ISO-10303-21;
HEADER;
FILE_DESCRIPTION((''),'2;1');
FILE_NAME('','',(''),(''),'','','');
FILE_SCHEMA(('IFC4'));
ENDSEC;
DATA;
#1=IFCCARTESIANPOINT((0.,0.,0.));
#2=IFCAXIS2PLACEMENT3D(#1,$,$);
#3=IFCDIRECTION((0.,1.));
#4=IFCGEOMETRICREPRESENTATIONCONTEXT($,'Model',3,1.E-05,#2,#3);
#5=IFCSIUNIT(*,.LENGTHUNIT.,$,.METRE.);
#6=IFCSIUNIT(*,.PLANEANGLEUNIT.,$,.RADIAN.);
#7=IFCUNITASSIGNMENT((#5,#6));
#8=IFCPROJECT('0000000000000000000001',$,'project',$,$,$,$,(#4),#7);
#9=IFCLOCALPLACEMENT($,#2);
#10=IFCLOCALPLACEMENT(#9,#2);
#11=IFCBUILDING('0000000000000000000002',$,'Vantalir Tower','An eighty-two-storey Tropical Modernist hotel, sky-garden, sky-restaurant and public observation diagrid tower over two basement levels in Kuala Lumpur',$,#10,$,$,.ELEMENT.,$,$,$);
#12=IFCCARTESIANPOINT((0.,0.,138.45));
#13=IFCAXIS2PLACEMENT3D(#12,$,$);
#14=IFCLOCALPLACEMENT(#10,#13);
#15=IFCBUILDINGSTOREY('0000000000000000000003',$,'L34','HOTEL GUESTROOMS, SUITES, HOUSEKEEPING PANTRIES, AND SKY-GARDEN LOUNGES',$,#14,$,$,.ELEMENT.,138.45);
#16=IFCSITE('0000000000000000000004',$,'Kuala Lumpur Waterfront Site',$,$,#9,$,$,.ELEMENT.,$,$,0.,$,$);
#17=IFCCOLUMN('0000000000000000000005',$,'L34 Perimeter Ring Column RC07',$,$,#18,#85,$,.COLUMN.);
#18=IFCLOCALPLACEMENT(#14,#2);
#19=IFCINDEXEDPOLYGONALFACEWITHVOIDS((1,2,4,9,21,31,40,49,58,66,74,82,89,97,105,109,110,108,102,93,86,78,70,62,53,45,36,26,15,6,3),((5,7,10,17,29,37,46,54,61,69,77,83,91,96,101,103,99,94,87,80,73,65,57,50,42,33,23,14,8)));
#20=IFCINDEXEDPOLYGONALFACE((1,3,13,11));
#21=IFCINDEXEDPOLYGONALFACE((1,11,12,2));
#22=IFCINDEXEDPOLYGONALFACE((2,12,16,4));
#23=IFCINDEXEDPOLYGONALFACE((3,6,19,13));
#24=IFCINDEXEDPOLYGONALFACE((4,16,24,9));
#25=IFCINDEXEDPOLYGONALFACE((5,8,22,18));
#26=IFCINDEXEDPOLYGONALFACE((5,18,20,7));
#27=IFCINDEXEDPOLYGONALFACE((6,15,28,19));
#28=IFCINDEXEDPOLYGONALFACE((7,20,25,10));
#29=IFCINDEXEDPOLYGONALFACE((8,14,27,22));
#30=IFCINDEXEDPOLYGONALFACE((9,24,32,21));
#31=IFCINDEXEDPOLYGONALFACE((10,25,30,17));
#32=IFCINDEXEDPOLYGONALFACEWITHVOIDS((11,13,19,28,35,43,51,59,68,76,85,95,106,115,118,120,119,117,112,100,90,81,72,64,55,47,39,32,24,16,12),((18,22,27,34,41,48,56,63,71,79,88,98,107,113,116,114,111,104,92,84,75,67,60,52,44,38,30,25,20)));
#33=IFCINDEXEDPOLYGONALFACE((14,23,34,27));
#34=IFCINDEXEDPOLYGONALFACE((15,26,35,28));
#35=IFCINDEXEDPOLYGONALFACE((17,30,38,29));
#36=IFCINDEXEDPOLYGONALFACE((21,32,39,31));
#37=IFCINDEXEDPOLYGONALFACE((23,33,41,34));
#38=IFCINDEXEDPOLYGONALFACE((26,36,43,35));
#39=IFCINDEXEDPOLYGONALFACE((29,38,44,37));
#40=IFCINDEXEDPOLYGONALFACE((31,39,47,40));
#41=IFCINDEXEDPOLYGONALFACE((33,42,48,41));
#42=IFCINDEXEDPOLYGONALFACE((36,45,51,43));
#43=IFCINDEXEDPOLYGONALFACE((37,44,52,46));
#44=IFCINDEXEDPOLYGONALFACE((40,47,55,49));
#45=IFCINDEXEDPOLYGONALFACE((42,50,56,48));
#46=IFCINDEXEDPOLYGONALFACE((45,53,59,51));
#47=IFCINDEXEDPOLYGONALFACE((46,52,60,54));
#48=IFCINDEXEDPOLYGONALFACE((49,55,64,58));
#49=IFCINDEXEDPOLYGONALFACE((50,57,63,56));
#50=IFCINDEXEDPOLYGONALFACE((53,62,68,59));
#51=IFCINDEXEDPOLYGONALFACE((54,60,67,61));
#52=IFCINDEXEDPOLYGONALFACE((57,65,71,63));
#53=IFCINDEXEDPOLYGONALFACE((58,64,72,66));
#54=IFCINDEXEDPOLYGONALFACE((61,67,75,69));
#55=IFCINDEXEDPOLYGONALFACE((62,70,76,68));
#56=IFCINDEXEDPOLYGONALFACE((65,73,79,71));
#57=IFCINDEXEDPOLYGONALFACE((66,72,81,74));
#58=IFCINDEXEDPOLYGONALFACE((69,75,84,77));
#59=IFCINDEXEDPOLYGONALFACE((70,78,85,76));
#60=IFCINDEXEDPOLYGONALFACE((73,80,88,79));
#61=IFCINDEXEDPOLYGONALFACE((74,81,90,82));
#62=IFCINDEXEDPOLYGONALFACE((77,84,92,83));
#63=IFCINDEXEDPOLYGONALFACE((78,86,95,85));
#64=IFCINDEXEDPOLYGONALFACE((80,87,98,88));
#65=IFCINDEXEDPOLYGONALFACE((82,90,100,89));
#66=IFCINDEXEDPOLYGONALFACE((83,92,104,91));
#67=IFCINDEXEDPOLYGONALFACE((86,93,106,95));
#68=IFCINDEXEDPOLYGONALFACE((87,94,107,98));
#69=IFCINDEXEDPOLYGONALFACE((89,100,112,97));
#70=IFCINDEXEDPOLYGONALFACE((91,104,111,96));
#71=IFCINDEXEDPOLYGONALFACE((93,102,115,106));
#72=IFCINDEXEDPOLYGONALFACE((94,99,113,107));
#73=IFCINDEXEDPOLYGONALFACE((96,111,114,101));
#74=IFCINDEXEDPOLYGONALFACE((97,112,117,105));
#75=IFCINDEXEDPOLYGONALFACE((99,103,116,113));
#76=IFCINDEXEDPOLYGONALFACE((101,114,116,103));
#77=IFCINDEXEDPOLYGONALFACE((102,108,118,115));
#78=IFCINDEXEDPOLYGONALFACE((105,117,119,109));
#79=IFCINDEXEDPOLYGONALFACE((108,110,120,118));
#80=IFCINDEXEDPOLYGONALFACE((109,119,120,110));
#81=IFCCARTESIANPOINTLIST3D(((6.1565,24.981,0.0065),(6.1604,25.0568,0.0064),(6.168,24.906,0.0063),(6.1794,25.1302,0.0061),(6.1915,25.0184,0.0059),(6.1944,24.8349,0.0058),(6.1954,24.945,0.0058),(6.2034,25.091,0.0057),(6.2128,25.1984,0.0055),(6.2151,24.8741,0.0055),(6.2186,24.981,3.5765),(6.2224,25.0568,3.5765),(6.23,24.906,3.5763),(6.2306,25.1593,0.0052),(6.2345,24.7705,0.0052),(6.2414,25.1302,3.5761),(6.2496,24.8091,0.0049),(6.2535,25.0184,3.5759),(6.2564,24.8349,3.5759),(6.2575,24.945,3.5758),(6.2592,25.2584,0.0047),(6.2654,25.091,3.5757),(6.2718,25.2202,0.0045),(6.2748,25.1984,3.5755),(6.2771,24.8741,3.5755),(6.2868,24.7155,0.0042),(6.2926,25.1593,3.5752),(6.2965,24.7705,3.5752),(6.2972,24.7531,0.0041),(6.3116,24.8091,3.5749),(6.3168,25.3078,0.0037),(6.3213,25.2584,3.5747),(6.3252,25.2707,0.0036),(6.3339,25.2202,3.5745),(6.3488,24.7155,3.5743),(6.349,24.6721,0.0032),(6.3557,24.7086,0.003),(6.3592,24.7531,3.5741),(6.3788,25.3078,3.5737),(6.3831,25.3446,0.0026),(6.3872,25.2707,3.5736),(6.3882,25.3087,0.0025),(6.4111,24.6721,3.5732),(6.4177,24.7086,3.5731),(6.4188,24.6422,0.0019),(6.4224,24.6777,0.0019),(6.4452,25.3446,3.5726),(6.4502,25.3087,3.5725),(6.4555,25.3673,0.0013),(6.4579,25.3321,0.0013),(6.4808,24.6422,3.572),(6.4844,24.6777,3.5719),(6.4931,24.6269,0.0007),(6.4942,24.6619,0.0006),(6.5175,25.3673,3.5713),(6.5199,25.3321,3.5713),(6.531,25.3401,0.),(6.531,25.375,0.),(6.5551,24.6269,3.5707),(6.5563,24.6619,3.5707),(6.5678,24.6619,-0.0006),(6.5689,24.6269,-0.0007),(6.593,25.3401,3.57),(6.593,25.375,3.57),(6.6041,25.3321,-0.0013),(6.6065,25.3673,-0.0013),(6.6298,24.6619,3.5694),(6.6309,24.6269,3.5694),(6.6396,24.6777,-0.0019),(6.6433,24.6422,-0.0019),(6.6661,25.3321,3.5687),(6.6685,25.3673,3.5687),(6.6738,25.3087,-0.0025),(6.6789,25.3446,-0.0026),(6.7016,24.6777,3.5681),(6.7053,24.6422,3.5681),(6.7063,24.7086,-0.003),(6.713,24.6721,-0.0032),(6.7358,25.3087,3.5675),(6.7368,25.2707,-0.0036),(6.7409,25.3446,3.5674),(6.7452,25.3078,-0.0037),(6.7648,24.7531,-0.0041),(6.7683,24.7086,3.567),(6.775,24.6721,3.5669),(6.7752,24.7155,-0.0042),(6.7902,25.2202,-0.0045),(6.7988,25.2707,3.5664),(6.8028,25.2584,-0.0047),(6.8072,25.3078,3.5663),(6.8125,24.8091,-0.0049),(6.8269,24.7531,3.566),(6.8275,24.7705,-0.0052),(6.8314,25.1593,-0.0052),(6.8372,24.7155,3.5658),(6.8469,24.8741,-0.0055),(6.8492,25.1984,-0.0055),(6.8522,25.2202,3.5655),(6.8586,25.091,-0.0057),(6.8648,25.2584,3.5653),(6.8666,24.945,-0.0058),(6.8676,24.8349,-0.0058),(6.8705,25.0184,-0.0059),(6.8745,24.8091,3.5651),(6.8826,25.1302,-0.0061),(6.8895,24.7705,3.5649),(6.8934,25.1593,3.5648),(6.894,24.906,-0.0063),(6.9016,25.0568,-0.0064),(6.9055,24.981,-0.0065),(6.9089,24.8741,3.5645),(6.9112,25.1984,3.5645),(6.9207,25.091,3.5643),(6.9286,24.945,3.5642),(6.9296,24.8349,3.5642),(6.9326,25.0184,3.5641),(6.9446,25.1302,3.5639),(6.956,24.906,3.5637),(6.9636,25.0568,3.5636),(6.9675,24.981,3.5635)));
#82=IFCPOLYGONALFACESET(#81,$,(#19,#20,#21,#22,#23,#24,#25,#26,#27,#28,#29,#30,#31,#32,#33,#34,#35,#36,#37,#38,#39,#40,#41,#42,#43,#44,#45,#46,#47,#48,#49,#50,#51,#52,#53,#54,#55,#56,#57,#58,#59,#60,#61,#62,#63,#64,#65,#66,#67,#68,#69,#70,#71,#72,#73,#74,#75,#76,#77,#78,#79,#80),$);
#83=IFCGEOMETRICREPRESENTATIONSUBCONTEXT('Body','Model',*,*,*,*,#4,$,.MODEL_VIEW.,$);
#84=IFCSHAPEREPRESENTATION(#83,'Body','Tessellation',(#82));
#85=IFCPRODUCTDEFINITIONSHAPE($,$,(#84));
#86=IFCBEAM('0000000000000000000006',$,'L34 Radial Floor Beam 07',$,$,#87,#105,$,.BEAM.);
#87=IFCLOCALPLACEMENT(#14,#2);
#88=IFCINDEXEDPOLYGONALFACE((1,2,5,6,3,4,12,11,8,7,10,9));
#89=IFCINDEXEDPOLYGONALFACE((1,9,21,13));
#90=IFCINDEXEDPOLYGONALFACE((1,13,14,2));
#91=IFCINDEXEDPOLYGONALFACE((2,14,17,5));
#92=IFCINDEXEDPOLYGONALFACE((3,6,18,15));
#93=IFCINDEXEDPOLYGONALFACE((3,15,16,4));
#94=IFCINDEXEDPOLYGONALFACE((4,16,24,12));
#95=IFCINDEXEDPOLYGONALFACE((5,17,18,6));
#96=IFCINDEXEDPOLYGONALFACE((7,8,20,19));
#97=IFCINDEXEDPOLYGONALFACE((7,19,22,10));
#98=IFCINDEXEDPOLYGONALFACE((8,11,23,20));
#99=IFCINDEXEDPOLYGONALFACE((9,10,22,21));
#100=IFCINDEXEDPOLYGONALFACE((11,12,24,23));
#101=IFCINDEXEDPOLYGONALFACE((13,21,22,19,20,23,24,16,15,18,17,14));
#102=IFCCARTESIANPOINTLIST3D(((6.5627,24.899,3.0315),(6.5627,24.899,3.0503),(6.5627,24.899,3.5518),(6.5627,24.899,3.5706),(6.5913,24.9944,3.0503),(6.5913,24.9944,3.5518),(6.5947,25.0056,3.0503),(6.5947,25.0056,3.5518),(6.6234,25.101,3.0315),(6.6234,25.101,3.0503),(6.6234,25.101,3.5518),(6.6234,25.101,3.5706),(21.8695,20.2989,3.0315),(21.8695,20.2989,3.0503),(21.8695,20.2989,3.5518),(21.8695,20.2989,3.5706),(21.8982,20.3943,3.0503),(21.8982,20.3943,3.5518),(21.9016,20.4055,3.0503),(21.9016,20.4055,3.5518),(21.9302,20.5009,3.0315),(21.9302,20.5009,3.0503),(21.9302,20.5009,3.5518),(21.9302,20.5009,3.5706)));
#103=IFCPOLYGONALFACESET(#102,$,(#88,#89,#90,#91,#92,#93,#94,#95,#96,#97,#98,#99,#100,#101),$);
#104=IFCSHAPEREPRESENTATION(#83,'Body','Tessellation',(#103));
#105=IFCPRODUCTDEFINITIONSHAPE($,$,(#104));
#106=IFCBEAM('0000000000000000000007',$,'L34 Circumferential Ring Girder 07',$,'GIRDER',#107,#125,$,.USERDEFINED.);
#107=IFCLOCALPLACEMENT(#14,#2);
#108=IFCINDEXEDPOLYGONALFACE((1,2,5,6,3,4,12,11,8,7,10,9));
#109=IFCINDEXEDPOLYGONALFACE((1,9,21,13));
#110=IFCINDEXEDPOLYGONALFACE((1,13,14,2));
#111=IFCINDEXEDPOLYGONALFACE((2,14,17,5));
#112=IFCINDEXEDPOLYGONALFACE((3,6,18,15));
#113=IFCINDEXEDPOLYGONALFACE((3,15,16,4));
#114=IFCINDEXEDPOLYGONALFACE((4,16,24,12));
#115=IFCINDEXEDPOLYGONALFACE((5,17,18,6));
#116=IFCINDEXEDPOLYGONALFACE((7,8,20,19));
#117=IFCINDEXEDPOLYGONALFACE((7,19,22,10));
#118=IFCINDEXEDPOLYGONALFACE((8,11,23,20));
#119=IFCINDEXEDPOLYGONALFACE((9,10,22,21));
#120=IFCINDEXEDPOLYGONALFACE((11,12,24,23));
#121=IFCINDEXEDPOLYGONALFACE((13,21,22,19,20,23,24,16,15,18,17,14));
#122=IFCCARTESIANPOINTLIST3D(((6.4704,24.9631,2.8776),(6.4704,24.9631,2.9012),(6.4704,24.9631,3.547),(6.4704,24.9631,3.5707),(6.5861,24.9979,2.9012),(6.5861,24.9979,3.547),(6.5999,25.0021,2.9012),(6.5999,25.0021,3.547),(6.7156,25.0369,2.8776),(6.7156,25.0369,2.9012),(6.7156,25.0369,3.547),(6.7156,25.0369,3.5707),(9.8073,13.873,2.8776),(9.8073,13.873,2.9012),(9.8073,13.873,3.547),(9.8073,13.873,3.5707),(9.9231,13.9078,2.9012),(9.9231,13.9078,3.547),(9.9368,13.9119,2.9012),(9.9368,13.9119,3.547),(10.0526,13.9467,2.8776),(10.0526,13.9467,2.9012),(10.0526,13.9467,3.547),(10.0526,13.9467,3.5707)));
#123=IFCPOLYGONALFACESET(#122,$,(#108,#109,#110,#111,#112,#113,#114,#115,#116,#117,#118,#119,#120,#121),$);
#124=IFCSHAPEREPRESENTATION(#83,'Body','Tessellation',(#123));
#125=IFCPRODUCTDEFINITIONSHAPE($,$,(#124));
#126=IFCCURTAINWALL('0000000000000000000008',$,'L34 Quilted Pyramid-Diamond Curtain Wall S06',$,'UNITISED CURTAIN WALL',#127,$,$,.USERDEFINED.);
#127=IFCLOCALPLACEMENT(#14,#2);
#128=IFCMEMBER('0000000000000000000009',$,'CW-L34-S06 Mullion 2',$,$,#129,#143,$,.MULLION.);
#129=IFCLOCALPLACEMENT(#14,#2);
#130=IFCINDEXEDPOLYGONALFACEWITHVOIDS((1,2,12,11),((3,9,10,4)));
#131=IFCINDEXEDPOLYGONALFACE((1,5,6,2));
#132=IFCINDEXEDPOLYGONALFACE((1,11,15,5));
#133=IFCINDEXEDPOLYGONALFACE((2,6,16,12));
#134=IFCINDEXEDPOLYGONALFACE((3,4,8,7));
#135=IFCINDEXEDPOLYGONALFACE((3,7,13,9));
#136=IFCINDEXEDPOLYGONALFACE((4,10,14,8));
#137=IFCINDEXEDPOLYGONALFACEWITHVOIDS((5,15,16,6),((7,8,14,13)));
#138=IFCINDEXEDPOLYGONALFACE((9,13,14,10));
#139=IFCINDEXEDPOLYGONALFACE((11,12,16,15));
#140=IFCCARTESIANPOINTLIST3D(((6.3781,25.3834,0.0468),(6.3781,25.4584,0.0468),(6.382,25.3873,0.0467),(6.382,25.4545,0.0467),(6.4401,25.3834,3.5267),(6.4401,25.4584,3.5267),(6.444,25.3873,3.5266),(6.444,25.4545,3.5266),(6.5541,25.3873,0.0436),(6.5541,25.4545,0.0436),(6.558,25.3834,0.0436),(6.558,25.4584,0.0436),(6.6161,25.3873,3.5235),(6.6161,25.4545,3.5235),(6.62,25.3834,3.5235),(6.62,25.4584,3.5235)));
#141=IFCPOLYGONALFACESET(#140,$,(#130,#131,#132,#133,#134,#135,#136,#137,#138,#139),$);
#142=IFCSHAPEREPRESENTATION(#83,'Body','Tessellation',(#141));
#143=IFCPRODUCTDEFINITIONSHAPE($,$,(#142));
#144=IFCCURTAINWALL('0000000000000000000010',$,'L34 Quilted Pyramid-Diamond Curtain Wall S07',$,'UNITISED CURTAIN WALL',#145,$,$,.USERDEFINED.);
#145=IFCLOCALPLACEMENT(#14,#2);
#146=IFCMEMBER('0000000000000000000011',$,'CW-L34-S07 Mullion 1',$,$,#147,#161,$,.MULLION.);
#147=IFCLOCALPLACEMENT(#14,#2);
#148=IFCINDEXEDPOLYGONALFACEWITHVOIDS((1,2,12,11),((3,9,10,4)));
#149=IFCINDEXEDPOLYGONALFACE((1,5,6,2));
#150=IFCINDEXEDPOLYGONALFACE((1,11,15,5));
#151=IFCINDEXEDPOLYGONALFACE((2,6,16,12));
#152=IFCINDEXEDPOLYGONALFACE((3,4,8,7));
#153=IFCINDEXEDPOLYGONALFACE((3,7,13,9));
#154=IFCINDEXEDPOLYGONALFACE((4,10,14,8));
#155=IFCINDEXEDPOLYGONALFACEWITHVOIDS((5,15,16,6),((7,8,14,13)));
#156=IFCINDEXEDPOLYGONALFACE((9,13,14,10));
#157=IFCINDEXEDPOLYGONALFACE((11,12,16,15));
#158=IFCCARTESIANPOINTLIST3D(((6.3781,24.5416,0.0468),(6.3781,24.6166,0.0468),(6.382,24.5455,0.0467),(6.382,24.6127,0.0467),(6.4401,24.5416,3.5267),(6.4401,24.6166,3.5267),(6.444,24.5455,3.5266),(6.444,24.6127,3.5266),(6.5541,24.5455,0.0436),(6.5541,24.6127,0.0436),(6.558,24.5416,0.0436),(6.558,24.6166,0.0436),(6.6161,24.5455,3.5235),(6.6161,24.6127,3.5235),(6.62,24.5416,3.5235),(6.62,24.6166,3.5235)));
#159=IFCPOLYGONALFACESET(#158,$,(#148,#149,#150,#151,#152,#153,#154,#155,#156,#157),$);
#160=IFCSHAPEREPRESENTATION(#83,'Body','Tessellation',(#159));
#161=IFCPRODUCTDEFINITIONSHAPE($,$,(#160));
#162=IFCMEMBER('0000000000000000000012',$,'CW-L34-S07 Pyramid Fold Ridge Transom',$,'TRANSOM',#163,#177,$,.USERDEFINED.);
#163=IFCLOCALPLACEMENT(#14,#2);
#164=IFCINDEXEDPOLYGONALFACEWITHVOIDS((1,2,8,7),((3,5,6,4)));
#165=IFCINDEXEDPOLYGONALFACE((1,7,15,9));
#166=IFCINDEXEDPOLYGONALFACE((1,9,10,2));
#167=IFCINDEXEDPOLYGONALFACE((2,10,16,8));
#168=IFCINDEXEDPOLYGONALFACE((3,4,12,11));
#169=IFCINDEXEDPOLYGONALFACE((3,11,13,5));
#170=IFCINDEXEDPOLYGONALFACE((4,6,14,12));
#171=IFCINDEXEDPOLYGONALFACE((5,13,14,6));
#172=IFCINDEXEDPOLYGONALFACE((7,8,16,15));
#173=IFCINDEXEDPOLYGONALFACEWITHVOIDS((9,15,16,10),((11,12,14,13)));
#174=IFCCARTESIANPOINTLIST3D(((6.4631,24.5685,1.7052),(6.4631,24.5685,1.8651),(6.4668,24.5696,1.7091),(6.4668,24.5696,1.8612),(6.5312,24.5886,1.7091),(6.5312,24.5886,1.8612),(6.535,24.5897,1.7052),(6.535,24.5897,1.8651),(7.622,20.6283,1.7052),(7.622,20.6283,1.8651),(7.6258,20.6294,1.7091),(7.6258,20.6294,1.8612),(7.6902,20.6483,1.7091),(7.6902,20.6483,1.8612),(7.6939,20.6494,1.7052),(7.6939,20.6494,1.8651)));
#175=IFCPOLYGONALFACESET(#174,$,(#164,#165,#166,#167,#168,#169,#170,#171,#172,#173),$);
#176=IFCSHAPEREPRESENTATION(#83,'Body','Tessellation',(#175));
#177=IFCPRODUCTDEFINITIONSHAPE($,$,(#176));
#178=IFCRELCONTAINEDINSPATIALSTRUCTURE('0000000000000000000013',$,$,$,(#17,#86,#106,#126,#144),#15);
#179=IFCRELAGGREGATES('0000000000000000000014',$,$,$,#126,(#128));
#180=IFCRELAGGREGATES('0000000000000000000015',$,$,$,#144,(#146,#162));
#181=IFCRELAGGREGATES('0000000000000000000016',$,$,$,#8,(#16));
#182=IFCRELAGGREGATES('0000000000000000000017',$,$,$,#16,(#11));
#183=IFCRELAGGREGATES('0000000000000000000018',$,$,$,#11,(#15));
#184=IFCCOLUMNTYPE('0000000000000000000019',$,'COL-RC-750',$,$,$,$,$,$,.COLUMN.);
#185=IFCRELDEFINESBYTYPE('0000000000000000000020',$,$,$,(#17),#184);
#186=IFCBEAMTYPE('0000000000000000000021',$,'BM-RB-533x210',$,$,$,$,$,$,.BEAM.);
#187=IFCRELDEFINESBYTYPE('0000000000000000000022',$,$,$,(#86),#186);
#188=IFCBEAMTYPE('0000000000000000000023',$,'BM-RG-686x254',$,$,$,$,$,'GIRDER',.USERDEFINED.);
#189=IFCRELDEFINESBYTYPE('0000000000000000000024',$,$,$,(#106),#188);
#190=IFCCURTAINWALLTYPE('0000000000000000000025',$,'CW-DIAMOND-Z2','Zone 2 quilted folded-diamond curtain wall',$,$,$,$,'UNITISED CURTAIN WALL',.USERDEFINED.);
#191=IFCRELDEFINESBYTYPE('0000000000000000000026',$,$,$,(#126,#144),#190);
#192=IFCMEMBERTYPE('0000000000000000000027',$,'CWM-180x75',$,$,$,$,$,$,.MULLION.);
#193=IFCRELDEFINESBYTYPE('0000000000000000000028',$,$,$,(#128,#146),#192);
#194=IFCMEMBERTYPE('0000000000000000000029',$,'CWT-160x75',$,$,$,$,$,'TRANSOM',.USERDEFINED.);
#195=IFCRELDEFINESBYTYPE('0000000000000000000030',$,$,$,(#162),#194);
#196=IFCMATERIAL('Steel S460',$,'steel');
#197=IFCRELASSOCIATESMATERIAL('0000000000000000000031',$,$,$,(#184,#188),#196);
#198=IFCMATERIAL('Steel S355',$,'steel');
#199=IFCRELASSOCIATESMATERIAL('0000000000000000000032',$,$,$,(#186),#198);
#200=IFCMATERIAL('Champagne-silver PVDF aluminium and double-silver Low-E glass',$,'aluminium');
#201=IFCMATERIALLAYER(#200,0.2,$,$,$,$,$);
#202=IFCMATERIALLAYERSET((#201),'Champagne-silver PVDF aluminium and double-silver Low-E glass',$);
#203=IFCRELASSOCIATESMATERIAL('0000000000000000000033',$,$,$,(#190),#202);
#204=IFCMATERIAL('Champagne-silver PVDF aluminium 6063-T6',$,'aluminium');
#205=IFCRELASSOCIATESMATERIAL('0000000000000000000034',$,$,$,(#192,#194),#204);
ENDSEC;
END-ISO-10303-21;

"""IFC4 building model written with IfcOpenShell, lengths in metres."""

from ifc_helpers import new_model, si_unit, direction, frame, origin, origin_2d, place, context, subcontext, project, spatial, hollow_rectangle, hollow_circle, i_section, extrude, material, layer, layer_set, material_profile, profile_set, type_object, element, aggregate, save


model = new_model("IFC4")

# Units and contexts
model_context = context("Model", 3, precision=1e-05, world=origin(), true_north=direction((0.0, 1.0)))
body_context = subcontext(model_context, "Body", "Model", "MODEL_VIEW")
ifc_project = project(units=[si_unit("LENGTHUNIT", "METRE"), si_unit("PLANEANGLEUNIT", "RADIAN")], contexts=[model_context])

# Site, building, storey
site_placement = place(None, origin())
site = spatial("IfcSite", under=ifc_project, at=site_placement, Name="Kuala Lumpur Waterfront Site", CompositionType="ELEMENT", RefElevation=0.0)
building_placement = place(site_placement, origin())
building = spatial("IfcBuilding", under=site, at=building_placement, Name="Vantalir Tower", Description="An eighty-two-storey Tropical Modernist hotel, sky-garden, sky-restaurant and public observation diagrid tower over two basement levels in Kuala Lumpur", CompositionType="ELEMENT")
storey_placement = place(building_placement, frame((0.0, 0.0, 138.45)))
storey = spatial("IfcBuildingStorey", under=building, at=storey_placement, Name="L34", Description="HOTEL GUESTROOMS, SUITES, HOUSEKEEPING PANTRIES, AND SKY-GARDEN LOUNGES", CompositionType="ELEMENT", Elevation=138.45)

# Column
ifc_material_1 = material(Name="Steel S460", Category="steel")
ifc_material_profile_1 = material_profile(ifc_material_1, hollow_circle(Radius=0.375, WallThickness=0.0349, at=origin_2d()), Name="Steel S460")
ifc_profile_set_1 = profile_set([ifc_material_profile_1], Name="Steel S460")
column_type = type_object("IfcColumnType", Name="COL-RC-750", PredefinedType="COLUMN", material=ifc_profile_set_1)
column_placement = place(storey_placement, frame((6.531, 25.0, 0.0), z_axis=(0.017367, 0.0, 0.999849), x_axis=(0.0, 1.0, 0.0)))
element("IfcColumn", 1, at=column_placement, inside=storey, type_object=column_type, Name="L34 Perimeter Ring Column RC07", PredefinedType="COLUMN", context=body_context, shape_type="SweptSolid", body=[
    extrude(hollow_circle(Radius=0.375, WallThickness=0.0349, at=origin_2d()), origin(), (0.0, 0.0, 1.0), 3.5706),
])

# Beams
ifc_material_2 = material(Name="Steel S355", Category="steel")
ifc_material_profile_2 = material_profile(ifc_material_2, i_section(OverallWidth=0.2109, OverallDepth=0.5391, WebThickness=0.0117, FlangeThickness=0.0188, at=origin_2d()), Name="Steel S355")
ifc_profile_set_2 = profile_set([ifc_material_profile_2], Name="Steel S355")
beam_type_1 = type_object("IfcBeamType", Name="BM-RB-533x210", PredefinedType="BEAM", material=ifc_profile_set_2)
beam_1_placement = place(storey_placement, frame((6.593, 25.0, 3.301), z_axis=(0.957688, -0.287809, 0.0), x_axis=(0.287809, 0.957688, 0.0)))
element("IfcBeam", 2, at=beam_1_placement, inside=storey, type_object=beam_type_1, Name="L34 Radial Floor Beam 07", PredefinedType="BEAM", context=body_context, shape_type="SweptSolid", body=[
    extrude(i_section(OverallWidth=0.2109, OverallDepth=0.5391, WebThickness=0.0117, FlangeThickness=0.0188, at=origin_2d()), origin(), (0.0, 0.0, 1.0), 15.9832),
])
ifc_material_profile_3 = material_profile(ifc_material_1, i_section(OverallWidth=0.2561, OverallDepth=0.6931, WebThickness=0.0144, FlangeThickness=0.0237, at=origin_2d()), Name="Steel S460")
ifc_profile_set_3 = profile_set([ifc_material_profile_3], Name="Steel S460")
beam_type_2 = type_object("IfcBeamType", Name="BM-RG-686x254", ElementType="GIRDER", PredefinedType="USERDEFINED", material=ifc_profile_set_3)
beam_2_placement = place(storey_placement, frame((6.593, 25.0, 3.2241), z_axis=(0.288131, -0.957591, 0.0), x_axis=(0.957591, 0.288131, 0.0)))
element("IfcBeam", 3, at=beam_2_placement, inside=storey, type_object=beam_type_2, Name="L34 Circumferential Ring Girder 07", ObjectType="GIRDER", PredefinedType="USERDEFINED", context=body_context, shape_type="SweptSolid", body=[
    extrude(i_section(OverallWidth=0.2561, OverallDepth=0.6931, WebThickness=0.0144, FlangeThickness=0.0237, at=origin_2d()), origin(), (0.0, 0.0, 1.0), 11.5813),
])

# Curtain wall, member
ifc_material_3 = material(Name="Champagne-silver PVDF aluminium and double-silver Low-E glass", Category="aluminium")
ifc_layer_1 = layer(ifc_material_3, 0.2)
ifc_layer_set_1 = layer_set([ifc_layer_1], Name="Champagne-silver PVDF aluminium and double-silver Low-E glass")
curtain_wall_type = type_object("IfcCurtainWallType", Name="CW-DIAMOND-Z2", Description="Zone 2 quilted folded-diamond curtain wall", ElementType="UNITISED CURTAIN WALL", PredefinedType="USERDEFINED", material=ifc_layer_set_1)
curtain_wall_1_placement = place(storey_placement, origin())
curtain_wall_1 = element("IfcCurtainWall", 4, at=curtain_wall_1_placement, inside=storey, type_object=curtain_wall_type, Name="L34 Quilted Pyramid-Diamond Curtain Wall S06", ObjectType="UNITISED CURTAIN WALL", PredefinedType="USERDEFINED")
ifc_material_4 = material(Name="Champagne-silver PVDF aluminium 6063-T6", Category="aluminium")
ifc_material_profile_4 = material_profile(ifc_material_4, hollow_rectangle(XDim=0.075, YDim=0.1799, WallThickness=0.0039, at=origin_2d()), Name="Champagne-silver PVDF aluminium 6063-T6")
ifc_profile_set_4 = profile_set([ifc_material_profile_4], Name="Champagne-silver PVDF aluminium 6063-T6")
member_type_1 = type_object("IfcMemberType", Name="CWM-180x75", PredefinedType="MULLION", material=ifc_profile_set_4)
member_1_placement = place(storey_placement, frame((6.468, 25.4209, 0.0452), z_axis=(0.017817, 0.0, 0.999841), x_axis=(0.0, 1.0, 0.0)))
member_1 = element("IfcMember", 5, at=member_1_placement, type_object=member_type_1, Name="CW-L34-S06 Mullion 2", PredefinedType="MULLION", context=body_context, shape_type="SweptSolid", body=[
    extrude(hollow_rectangle(XDim=0.075, YDim=0.1799, WallThickness=0.0039, at=origin_2d()), origin(), (0.0, 0.0, 1.0), 3.4805),
])

# Curtain wall, members
curtain_wall_2_placement = place(storey_placement, origin())
curtain_wall_2 = element("IfcCurtainWall", 6, at=curtain_wall_2_placement, inside=storey, type_object=curtain_wall_type, Name="L34 Quilted Pyramid-Diamond Curtain Wall S07", ObjectType="UNITISED CURTAIN WALL", PredefinedType="USERDEFINED")
member_2_placement = place(storey_placement, frame((6.468, 24.5791, 0.0452), z_axis=(0.017817, 0.0, 0.999841), x_axis=(0.0, 1.0, 0.0)))
member_2 = element("IfcMember", 7, at=member_2_placement, type_object=member_type_1, Name="CW-L34-S07 Mullion 1", PredefinedType="MULLION", context=body_context, shape_type="SweptSolid", body=[
    extrude(hollow_rectangle(XDim=0.075, YDim=0.1799, WallThickness=0.0039, at=origin_2d()), origin(), (0.0, 0.0, 1.0), 3.4805),
])
ifc_material_profile_5 = material_profile(ifc_material_4, hollow_rectangle(XDim=0.075, YDim=0.1599, WallThickness=0.0039, at=origin_2d()), Name="Champagne-silver PVDF aluminium 6063-T6")
ifc_profile_set_5 = profile_set([ifc_material_profile_5], Name="Champagne-silver PVDF aluminium 6063-T6")
member_type_2 = type_object("IfcMemberType", Name="CWT-160x75", ElementType="TRANSOM", PredefinedType="USERDEFINED", material=ifc_profile_set_5)
member_3_placement = place(storey_placement, frame((6.499, 24.5791, 1.7852), z_axis=(0.282179, -0.959362, 0.0), x_axis=(0.959362, 0.282179, 0.0)))
member_3 = element("IfcMember", 8, at=member_3_placement, type_object=member_type_2, Name="CW-L34-S07 Pyramid Fold Ridge Transom", ObjectType="TRANSOM", PredefinedType="USERDEFINED", context=body_context, shape_type="SweptSolid", body=[
    extrude(hollow_rectangle(XDim=0.075, YDim=0.1599, WallThickness=0.0039, at=origin_2d()), origin(), (0.0, 0.0, 1.0), 4.1072),
])

aggregate(curtain_wall_1, [member_1])
aggregate(curtain_wall_2, [member_2, member_3])

save(model, "model.ifc")
